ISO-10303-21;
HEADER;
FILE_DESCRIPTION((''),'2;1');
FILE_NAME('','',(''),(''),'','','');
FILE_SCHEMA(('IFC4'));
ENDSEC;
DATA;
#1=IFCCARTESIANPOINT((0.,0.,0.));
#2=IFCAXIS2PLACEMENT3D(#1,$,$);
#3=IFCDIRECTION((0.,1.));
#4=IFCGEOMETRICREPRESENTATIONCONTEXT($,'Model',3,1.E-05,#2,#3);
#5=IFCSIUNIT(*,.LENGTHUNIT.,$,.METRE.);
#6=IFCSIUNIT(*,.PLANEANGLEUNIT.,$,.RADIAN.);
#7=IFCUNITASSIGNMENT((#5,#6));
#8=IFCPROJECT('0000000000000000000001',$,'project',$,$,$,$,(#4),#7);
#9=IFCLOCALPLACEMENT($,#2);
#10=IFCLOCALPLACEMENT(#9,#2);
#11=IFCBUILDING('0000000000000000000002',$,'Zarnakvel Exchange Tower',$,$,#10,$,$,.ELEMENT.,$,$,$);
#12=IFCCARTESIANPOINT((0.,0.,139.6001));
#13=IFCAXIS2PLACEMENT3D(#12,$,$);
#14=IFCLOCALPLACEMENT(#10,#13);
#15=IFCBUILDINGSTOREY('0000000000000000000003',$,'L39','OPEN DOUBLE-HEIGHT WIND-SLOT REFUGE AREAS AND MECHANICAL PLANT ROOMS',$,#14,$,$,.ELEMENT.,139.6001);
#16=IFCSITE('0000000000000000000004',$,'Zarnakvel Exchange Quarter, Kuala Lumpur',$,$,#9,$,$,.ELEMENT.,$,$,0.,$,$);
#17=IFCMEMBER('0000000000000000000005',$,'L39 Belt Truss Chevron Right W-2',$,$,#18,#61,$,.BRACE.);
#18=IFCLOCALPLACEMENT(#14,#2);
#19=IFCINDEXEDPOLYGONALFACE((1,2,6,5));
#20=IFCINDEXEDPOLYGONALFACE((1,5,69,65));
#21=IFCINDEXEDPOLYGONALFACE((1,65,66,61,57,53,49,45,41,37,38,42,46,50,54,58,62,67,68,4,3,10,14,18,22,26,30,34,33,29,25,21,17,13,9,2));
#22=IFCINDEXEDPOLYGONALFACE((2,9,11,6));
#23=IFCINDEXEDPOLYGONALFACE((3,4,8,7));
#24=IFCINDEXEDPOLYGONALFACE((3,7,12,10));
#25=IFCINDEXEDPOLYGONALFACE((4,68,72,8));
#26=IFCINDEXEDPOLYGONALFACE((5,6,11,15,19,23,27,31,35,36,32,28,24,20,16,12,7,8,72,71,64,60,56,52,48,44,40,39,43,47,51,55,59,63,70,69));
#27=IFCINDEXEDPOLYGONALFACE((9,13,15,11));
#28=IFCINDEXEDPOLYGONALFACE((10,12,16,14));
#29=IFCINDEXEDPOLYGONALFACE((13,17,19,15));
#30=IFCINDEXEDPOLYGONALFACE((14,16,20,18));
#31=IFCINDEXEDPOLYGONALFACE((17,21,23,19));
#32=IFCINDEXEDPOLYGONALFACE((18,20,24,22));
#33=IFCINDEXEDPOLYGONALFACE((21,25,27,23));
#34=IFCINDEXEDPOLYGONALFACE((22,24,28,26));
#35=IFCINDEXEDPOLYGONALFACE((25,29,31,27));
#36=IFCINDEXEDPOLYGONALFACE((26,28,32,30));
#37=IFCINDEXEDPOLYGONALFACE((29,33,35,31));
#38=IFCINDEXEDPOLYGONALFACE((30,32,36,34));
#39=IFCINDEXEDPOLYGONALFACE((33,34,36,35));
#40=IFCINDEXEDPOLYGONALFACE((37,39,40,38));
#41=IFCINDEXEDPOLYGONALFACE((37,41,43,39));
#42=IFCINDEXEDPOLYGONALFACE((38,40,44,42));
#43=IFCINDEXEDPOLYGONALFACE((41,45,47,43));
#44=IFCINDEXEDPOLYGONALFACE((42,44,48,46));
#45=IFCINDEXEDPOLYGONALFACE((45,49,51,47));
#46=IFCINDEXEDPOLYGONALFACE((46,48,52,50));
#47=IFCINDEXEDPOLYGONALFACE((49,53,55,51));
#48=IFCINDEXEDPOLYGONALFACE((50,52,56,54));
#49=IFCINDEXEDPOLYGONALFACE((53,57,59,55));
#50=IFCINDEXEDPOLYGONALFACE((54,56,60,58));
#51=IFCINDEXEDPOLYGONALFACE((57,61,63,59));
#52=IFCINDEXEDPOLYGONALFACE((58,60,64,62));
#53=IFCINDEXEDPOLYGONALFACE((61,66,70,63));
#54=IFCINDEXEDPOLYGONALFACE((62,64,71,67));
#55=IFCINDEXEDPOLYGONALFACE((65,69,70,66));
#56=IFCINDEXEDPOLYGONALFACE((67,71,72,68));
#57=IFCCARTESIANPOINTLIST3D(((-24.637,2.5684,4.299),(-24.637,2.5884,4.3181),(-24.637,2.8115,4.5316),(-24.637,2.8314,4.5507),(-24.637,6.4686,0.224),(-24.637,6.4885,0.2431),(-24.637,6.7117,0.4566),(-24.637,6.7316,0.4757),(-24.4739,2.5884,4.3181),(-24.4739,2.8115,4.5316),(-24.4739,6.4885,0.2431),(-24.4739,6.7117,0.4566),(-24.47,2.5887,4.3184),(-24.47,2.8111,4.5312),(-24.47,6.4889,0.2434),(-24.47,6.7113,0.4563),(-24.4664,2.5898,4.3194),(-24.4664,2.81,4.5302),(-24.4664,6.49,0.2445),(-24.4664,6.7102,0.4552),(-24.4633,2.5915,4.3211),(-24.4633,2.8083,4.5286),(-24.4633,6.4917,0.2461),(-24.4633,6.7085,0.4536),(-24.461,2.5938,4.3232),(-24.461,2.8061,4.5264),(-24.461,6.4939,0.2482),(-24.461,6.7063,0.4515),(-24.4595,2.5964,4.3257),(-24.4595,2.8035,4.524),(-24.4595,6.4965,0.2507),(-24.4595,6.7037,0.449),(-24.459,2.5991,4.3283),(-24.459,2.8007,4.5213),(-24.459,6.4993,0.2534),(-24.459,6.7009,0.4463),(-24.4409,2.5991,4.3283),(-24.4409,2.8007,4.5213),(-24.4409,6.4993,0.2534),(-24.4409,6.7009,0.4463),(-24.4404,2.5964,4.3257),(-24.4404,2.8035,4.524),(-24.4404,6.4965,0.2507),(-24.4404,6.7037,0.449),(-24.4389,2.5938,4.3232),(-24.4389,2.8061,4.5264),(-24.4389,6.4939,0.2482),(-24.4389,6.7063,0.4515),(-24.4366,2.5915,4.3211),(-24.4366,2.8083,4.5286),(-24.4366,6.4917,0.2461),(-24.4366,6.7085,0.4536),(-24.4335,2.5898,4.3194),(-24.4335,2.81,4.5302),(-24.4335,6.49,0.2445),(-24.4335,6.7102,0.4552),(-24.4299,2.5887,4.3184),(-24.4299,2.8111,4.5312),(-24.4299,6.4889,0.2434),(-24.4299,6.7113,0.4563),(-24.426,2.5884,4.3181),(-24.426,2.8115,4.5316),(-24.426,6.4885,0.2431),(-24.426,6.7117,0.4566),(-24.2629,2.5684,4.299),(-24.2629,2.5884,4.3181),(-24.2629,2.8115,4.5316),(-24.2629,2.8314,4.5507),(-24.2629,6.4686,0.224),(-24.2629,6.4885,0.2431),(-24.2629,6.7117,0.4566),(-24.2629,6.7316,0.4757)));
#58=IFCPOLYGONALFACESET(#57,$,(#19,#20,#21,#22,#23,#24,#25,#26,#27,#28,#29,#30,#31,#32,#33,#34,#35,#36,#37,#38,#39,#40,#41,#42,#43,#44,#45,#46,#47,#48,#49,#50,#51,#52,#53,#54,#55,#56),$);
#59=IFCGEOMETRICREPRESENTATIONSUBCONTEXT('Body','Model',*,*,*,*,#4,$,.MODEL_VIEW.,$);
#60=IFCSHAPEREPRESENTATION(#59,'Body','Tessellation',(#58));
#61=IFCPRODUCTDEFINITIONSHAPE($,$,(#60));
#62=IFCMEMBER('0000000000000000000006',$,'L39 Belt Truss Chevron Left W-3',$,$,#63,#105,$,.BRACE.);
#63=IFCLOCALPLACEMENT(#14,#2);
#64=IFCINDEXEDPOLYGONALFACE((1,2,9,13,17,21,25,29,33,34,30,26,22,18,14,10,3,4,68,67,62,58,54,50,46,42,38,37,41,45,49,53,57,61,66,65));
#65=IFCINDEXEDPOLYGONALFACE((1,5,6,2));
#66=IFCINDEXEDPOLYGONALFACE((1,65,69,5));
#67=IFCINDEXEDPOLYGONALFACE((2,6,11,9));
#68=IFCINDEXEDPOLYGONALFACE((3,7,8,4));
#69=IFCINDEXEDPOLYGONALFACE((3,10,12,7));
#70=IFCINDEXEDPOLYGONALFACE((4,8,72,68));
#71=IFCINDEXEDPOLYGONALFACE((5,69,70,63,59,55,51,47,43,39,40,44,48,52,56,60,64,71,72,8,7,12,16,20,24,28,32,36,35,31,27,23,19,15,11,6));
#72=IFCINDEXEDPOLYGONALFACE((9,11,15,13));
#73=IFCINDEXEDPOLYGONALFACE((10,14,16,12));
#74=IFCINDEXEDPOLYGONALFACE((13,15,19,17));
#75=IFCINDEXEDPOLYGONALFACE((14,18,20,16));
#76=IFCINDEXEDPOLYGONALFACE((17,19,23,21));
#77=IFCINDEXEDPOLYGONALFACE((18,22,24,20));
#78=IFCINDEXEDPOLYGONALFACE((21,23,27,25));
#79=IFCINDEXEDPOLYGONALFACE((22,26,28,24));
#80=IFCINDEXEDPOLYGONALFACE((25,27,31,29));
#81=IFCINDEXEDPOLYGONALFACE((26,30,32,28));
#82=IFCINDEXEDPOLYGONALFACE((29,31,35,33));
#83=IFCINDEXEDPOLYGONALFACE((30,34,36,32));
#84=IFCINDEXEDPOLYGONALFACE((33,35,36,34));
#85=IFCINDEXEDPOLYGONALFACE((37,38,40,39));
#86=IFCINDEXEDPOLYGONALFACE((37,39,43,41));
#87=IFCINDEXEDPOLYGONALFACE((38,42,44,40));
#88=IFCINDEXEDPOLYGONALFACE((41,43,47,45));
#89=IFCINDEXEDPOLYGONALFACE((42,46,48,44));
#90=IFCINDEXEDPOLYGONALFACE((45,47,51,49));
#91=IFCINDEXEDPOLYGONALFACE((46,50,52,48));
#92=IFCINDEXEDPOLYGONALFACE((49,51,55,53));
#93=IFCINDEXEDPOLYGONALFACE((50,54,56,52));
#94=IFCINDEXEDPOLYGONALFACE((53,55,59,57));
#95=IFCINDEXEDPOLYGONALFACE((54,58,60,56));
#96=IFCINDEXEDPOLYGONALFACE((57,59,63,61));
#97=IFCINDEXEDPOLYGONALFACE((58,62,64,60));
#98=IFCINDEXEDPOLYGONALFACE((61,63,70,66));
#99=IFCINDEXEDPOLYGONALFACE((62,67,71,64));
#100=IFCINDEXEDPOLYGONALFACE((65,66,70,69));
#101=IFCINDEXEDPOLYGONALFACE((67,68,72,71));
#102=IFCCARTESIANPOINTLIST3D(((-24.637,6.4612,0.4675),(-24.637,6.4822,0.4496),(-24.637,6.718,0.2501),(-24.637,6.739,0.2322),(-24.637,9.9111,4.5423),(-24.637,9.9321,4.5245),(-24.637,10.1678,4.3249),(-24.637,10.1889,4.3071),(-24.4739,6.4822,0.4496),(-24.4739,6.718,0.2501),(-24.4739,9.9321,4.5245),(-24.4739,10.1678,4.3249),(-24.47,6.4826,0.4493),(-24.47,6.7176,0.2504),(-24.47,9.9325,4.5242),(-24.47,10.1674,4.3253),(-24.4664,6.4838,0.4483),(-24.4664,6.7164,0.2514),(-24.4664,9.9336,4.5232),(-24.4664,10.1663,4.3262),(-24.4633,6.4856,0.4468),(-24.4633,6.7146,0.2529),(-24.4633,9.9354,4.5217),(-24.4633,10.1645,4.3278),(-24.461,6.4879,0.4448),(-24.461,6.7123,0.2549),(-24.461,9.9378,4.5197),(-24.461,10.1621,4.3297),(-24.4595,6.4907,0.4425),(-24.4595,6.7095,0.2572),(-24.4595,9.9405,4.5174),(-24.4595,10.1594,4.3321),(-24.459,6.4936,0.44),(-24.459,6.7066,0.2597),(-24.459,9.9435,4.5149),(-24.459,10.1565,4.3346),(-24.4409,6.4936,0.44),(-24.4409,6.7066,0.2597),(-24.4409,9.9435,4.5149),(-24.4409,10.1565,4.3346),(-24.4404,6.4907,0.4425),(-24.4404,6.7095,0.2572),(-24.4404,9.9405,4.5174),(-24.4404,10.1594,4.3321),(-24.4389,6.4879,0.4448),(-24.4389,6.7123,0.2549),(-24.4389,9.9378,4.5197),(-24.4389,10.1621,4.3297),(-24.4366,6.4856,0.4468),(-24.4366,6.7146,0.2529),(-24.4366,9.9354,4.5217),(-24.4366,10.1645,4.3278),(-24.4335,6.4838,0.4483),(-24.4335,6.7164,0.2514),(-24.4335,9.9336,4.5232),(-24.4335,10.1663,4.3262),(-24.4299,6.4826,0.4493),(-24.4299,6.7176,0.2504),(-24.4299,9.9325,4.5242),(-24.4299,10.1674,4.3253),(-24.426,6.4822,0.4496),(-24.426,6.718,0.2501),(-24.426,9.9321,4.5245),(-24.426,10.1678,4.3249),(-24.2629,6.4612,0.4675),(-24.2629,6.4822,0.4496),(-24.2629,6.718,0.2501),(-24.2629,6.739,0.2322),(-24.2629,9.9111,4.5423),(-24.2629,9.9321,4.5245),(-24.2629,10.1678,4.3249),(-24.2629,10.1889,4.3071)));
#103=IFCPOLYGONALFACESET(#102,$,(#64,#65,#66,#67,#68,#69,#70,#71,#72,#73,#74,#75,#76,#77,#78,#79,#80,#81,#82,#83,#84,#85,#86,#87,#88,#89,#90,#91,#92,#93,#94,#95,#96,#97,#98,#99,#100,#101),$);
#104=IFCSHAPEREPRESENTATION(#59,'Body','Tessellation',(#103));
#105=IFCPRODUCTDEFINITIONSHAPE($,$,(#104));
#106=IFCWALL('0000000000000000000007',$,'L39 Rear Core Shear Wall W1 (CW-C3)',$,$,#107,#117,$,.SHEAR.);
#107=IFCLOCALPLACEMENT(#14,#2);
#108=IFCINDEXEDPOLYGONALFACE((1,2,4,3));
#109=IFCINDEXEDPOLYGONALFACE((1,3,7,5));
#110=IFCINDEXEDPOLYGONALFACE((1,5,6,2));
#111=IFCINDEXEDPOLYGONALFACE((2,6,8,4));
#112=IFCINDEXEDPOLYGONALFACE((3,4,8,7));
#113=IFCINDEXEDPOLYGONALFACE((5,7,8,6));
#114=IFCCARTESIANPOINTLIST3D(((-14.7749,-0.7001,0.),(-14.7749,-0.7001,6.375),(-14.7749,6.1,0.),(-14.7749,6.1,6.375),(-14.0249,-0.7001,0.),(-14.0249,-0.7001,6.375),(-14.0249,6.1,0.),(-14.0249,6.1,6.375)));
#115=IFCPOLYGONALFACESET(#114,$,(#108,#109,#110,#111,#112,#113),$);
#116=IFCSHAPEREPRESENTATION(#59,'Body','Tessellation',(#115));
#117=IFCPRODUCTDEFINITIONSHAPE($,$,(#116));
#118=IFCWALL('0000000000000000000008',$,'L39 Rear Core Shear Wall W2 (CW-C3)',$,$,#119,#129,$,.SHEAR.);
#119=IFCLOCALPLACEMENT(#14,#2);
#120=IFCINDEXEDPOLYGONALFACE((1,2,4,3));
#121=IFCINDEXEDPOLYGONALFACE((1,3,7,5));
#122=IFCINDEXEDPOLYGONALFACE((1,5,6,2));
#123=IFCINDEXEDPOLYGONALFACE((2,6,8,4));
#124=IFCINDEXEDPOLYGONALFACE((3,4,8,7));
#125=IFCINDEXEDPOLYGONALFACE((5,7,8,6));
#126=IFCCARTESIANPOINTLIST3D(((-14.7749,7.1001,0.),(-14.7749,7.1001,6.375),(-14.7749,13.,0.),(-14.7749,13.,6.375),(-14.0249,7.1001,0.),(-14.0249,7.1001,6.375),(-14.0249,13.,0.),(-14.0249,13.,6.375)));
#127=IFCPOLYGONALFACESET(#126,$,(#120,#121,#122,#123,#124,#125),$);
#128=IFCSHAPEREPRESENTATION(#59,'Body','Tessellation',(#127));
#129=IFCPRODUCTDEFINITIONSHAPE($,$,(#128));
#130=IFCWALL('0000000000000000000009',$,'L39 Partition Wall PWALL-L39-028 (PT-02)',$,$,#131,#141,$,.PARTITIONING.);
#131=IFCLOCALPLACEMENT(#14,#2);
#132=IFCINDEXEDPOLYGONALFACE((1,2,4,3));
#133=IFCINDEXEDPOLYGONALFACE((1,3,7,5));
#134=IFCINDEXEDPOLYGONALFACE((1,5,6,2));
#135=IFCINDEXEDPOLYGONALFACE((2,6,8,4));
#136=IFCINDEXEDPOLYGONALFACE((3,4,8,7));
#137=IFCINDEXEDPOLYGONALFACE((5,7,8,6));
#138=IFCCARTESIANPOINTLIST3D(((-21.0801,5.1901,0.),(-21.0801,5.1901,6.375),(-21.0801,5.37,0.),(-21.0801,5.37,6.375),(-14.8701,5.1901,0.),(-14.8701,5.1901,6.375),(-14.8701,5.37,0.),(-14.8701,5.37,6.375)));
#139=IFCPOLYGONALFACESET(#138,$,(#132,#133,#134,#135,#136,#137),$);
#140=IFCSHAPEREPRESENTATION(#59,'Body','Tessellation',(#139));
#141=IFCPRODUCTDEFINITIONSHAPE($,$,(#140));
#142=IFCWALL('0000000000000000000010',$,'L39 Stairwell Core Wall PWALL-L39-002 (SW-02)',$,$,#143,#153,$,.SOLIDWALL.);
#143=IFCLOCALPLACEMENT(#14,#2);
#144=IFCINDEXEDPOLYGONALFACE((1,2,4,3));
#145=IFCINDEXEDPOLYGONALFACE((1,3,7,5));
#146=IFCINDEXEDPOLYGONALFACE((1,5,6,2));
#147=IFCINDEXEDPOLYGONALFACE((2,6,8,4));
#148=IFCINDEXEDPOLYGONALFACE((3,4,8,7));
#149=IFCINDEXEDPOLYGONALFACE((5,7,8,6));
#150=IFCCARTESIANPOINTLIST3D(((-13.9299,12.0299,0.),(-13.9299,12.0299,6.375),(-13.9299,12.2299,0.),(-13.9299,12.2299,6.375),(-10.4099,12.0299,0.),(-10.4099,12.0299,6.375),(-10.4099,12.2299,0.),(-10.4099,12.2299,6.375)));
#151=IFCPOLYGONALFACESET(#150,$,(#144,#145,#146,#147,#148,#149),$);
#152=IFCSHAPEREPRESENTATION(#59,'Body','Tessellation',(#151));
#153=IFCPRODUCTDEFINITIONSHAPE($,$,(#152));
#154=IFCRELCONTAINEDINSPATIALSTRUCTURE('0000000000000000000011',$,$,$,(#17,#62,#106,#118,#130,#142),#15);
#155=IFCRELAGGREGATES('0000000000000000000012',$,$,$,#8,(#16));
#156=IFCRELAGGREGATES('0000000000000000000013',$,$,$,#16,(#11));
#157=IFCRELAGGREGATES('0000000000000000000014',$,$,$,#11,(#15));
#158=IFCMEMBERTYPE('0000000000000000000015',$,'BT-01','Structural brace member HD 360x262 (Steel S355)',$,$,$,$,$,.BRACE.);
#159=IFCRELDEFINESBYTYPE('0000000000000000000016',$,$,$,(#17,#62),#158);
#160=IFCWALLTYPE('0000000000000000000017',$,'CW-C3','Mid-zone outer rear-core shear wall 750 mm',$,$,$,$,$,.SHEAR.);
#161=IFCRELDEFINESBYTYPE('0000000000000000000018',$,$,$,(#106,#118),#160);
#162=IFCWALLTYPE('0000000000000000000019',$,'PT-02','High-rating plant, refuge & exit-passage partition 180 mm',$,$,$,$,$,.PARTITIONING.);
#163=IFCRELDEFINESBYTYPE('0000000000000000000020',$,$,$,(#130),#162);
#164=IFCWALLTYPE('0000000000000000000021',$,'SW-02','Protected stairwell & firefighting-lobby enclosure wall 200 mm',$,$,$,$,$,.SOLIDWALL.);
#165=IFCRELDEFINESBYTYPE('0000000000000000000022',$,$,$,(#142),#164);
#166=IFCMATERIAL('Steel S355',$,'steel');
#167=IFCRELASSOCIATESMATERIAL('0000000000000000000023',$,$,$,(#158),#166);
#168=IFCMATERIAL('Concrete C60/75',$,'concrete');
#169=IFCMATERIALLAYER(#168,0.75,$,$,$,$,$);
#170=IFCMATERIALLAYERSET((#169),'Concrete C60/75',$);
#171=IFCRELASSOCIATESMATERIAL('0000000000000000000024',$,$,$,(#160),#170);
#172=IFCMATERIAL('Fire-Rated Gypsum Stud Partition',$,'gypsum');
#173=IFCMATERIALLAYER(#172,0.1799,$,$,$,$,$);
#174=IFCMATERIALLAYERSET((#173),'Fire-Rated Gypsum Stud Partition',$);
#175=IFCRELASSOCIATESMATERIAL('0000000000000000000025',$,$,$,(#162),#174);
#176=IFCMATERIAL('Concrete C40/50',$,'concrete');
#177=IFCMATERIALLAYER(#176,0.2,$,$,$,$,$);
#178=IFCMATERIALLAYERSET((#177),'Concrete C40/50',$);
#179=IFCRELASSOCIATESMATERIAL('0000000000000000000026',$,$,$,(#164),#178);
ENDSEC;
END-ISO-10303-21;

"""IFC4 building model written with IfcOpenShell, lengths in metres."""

from ifc_helpers import new_model, si_unit, direction, frame, frame_2d, origin, origin_2d, place, context, subcontext, project, spatial, rectangle, i_section, extrude, source, transform, mapped, material, layer, layer_set, material_profile, profile_set, type_object, element, save


model = new_model("IFC4")

# Units and contexts
model_context = context("Model", 3, precision=1e-05, world=origin(), true_north=direction((0.0, 1.0)))
body_context = subcontext(model_context, "Body", "Model", "MODEL_VIEW")
ifc_project = project(units=[si_unit("LENGTHUNIT", "METRE"), si_unit("PLANEANGLEUNIT", "RADIAN")], contexts=[model_context])

# Site, building, storey
site_placement = place(None, origin())
site = spatial("IfcSite", under=ifc_project, at=site_placement, Name="Zarnakvel Exchange Quarter, Kuala Lumpur", CompositionType="ELEMENT", RefElevation=0.0)
building_placement = place(site_placement, origin())
building = spatial("IfcBuilding", under=site, at=building_placement, Name="Zarnakvel Exchange Tower", CompositionType="ELEMENT")
storey_placement = place(building_placement, frame((0.0, 0.0, 139.6001)))
storey = spatial("IfcBuildingStorey", under=building, at=storey_placement, Name="L39", Description="OPEN DOUBLE-HEIGHT WIND-SLOT REFUGE AREAS AND MECHANICAL PLANT ROOMS", CompositionType="ELEMENT", Elevation=139.6001)

# Shared definitions
ifc_material_1 = material(Name="Concrete C60/75", Category="concrete")

# Shared definitions
ifc_material_2 = material(Name="Steel S355", Category="steel")

# Members
ifc_material_profile_1 = material_profile(ifc_material_2, i_section(OverallWidth=0.374, OverallDepth=0.364, WebThickness=0.0181, FlangeThickness=0.0276, FilletRadius=0.0149, at=origin_2d()))
ifc_profile_set_1 = profile_set([ifc_material_profile_1], Name="Steel S355")
member_type_1 = type_object("IfcMemberType", Name="BT-01", Description="Structural brace member HD 360x262 (Steel S355)", PredefinedType="BRACE", material=ifc_profile_set_1)
shared_shape_1 = source(origin(), body_context, "Body", "SweptSolid", [
    extrude(i_section(OverallWidth=0.374, OverallDepth=0.364, WebThickness=0.0181, FlangeThickness=0.0276, FilletRadius=0.0149, at=origin_2d()), origin(), (0.0, 0.0, 1.0), 5.6406),
])
member_1_placement = place(storey_placement, frame((-24.45, 6.6001, 0.3499), z_axis=(0.0, -0.691442, 0.722432), x_axis=(1.0, 0.0, 0.0)))
element("IfcMember", 1, at=member_1_placement, inside=storey, type_object=member_type_1, Name="L39 Belt Truss Chevron Right W-2", PredefinedType="BRACE", context=body_context, shape_type="MappedRepresentation", body=[
    mapped(shared_shape_1, transform((0.0, 0.0, 0.0), x_axis=(1.0, 0.0, 0.0), y_axis=(0.0, 1.0, 0.0), z_axis=(0.0, 0.0, 1.0), scale=1.0)),
])
shared_shape_2 = source(origin(), body_context, "Body", "SweptSolid", [
    extrude(i_section(OverallWidth=0.374, OverallDepth=0.364, WebThickness=0.0181, FlangeThickness=0.0276, FilletRadius=0.0149, at=origin_2d()), origin(), (0.0, 0.0, 1.0), 5.3391),
])
member_2_placement = place(storey_placement, frame((-24.45, 6.6001, 0.3499), z_axis=(0.0, 0.646151, 0.763209), x_axis=(-1.0, 0.0, 0.0)))
element("IfcMember", 2, at=member_2_placement, inside=storey, type_object=member_type_1, Name="L39 Belt Truss Chevron Left W-3", PredefinedType="BRACE", context=body_context, shape_type="MappedRepresentation", body=[
    mapped(shared_shape_2, transform((0.0, 0.0, 0.0), x_axis=(1.0, 0.0, 0.0), y_axis=(0.0, 1.0, 0.0), z_axis=(0.0, 0.0, 1.0), scale=1.0)),
])

# Walls
ifc_layer_1 = layer(ifc_material_1, 0.75)
ifc_layer_set_1 = layer_set([ifc_layer_1], Name="Concrete C60/75")
wall_type_1 = type_object("IfcWallType", Name="CW-C3", Description="Mid-zone outer rear-core shear wall 750 mm", PredefinedType="SHEAR", material=ifc_layer_set_1)
wall_1_placement = place(storey_placement, frame((-14.3999, -0.7, 0.0), z_axis=(0.0, 0.0, 1.0), x_axis=(0.0, 1.0, 0.0)))
element("IfcWall", 3, at=wall_1_placement, inside=storey, type_object=wall_type_1, Name="L39 Rear Core Shear Wall W1 (CW-C3)", PredefinedType="SHEAR", context=body_context, shape_type="SweptSolid", body=[
    extrude(rectangle(XDim=6.8, YDim=0.75, at=frame_2d((3.3999, 0.0))), origin(), (0.0, 0.0, 1.0), 6.375),
])
wall_2_placement = place(storey_placement, frame((-14.3999, 7.1001, 0.0), z_axis=(0.0, 0.0, 1.0), x_axis=(0.0, 1.0, 0.0)))
element("IfcWall", 4, at=wall_2_placement, inside=storey, type_object=wall_type_1, Name="L39 Rear Core Shear Wall W2 (CW-C3)", PredefinedType="SHEAR", context=body_context, shape_type="SweptSolid", body=[
    extrude(rectangle(XDim=5.8999, YDim=0.75, at=frame_2d((2.95, 0.0))), origin(), (0.0, 0.0, 1.0), 6.375),
])
ifc_material_3 = material(Name="Fire-Rated Gypsum Stud Partition", Category="gypsum")
ifc_layer_2 = layer(ifc_material_3, 0.1799)
ifc_layer_set_2 = layer_set([ifc_layer_2], Name="Fire-Rated Gypsum Stud Partition")
wall_type_2 = type_object("IfcWallType", Name="PT-02", Description="High-rating plant, refuge & exit-passage partition 180 mm", PredefinedType="PARTITIONING", material=ifc_layer_set_2)
wall_3_placement = place(storey_placement, frame((-21.0801, 5.28, 0.0), z_axis=(0.0, 0.0, 1.0), x_axis=(1.0, 0.0, 0.0)))
element("IfcWall", 5, at=wall_3_placement, inside=storey, type_object=wall_type_2, Name="L39 Partition Wall PWALL-L39-028 (PT-02)", PredefinedType="PARTITIONING", context=body_context, shape_type="SweptSolid", body=[
    extrude(rectangle(XDim=6.21, YDim=0.1799, at=frame_2d((3.105, 0.0))), origin(), (0.0, 0.0, 1.0), 6.375),
])
ifc_material_4 = material(Name="Concrete C40/50", Category="concrete")
ifc_layer_3 = layer(ifc_material_4, 0.2)
ifc_layer_set_3 = layer_set([ifc_layer_3], Name="Concrete C40/50")
wall_type_3 = type_object("IfcWallType", Name="SW-02", Description="Protected stairwell & firefighting-lobby enclosure wall 200 mm", PredefinedType="SOLIDWALL", material=ifc_layer_set_3)
wall_4_placement = place(storey_placement, frame((-13.9299, 12.1299, 0.0), z_axis=(0.0, 0.0, 1.0), x_axis=(1.0, 0.0, 0.0)))
element("IfcWall", 6, at=wall_4_placement, inside=storey, type_object=wall_type_3, Name="L39 Stairwell Core Wall PWALL-L39-002 (SW-02)", PredefinedType="SOLIDWALL", context=body_context, shape_type="SweptSolid", body=[
    extrude(rectangle(XDim=3.52, YDim=0.2, at=frame_2d((1.76, 0.0))), origin(), (0.0, 0.0, 1.0), 6.375),
])

save(model, "model.ifc")
